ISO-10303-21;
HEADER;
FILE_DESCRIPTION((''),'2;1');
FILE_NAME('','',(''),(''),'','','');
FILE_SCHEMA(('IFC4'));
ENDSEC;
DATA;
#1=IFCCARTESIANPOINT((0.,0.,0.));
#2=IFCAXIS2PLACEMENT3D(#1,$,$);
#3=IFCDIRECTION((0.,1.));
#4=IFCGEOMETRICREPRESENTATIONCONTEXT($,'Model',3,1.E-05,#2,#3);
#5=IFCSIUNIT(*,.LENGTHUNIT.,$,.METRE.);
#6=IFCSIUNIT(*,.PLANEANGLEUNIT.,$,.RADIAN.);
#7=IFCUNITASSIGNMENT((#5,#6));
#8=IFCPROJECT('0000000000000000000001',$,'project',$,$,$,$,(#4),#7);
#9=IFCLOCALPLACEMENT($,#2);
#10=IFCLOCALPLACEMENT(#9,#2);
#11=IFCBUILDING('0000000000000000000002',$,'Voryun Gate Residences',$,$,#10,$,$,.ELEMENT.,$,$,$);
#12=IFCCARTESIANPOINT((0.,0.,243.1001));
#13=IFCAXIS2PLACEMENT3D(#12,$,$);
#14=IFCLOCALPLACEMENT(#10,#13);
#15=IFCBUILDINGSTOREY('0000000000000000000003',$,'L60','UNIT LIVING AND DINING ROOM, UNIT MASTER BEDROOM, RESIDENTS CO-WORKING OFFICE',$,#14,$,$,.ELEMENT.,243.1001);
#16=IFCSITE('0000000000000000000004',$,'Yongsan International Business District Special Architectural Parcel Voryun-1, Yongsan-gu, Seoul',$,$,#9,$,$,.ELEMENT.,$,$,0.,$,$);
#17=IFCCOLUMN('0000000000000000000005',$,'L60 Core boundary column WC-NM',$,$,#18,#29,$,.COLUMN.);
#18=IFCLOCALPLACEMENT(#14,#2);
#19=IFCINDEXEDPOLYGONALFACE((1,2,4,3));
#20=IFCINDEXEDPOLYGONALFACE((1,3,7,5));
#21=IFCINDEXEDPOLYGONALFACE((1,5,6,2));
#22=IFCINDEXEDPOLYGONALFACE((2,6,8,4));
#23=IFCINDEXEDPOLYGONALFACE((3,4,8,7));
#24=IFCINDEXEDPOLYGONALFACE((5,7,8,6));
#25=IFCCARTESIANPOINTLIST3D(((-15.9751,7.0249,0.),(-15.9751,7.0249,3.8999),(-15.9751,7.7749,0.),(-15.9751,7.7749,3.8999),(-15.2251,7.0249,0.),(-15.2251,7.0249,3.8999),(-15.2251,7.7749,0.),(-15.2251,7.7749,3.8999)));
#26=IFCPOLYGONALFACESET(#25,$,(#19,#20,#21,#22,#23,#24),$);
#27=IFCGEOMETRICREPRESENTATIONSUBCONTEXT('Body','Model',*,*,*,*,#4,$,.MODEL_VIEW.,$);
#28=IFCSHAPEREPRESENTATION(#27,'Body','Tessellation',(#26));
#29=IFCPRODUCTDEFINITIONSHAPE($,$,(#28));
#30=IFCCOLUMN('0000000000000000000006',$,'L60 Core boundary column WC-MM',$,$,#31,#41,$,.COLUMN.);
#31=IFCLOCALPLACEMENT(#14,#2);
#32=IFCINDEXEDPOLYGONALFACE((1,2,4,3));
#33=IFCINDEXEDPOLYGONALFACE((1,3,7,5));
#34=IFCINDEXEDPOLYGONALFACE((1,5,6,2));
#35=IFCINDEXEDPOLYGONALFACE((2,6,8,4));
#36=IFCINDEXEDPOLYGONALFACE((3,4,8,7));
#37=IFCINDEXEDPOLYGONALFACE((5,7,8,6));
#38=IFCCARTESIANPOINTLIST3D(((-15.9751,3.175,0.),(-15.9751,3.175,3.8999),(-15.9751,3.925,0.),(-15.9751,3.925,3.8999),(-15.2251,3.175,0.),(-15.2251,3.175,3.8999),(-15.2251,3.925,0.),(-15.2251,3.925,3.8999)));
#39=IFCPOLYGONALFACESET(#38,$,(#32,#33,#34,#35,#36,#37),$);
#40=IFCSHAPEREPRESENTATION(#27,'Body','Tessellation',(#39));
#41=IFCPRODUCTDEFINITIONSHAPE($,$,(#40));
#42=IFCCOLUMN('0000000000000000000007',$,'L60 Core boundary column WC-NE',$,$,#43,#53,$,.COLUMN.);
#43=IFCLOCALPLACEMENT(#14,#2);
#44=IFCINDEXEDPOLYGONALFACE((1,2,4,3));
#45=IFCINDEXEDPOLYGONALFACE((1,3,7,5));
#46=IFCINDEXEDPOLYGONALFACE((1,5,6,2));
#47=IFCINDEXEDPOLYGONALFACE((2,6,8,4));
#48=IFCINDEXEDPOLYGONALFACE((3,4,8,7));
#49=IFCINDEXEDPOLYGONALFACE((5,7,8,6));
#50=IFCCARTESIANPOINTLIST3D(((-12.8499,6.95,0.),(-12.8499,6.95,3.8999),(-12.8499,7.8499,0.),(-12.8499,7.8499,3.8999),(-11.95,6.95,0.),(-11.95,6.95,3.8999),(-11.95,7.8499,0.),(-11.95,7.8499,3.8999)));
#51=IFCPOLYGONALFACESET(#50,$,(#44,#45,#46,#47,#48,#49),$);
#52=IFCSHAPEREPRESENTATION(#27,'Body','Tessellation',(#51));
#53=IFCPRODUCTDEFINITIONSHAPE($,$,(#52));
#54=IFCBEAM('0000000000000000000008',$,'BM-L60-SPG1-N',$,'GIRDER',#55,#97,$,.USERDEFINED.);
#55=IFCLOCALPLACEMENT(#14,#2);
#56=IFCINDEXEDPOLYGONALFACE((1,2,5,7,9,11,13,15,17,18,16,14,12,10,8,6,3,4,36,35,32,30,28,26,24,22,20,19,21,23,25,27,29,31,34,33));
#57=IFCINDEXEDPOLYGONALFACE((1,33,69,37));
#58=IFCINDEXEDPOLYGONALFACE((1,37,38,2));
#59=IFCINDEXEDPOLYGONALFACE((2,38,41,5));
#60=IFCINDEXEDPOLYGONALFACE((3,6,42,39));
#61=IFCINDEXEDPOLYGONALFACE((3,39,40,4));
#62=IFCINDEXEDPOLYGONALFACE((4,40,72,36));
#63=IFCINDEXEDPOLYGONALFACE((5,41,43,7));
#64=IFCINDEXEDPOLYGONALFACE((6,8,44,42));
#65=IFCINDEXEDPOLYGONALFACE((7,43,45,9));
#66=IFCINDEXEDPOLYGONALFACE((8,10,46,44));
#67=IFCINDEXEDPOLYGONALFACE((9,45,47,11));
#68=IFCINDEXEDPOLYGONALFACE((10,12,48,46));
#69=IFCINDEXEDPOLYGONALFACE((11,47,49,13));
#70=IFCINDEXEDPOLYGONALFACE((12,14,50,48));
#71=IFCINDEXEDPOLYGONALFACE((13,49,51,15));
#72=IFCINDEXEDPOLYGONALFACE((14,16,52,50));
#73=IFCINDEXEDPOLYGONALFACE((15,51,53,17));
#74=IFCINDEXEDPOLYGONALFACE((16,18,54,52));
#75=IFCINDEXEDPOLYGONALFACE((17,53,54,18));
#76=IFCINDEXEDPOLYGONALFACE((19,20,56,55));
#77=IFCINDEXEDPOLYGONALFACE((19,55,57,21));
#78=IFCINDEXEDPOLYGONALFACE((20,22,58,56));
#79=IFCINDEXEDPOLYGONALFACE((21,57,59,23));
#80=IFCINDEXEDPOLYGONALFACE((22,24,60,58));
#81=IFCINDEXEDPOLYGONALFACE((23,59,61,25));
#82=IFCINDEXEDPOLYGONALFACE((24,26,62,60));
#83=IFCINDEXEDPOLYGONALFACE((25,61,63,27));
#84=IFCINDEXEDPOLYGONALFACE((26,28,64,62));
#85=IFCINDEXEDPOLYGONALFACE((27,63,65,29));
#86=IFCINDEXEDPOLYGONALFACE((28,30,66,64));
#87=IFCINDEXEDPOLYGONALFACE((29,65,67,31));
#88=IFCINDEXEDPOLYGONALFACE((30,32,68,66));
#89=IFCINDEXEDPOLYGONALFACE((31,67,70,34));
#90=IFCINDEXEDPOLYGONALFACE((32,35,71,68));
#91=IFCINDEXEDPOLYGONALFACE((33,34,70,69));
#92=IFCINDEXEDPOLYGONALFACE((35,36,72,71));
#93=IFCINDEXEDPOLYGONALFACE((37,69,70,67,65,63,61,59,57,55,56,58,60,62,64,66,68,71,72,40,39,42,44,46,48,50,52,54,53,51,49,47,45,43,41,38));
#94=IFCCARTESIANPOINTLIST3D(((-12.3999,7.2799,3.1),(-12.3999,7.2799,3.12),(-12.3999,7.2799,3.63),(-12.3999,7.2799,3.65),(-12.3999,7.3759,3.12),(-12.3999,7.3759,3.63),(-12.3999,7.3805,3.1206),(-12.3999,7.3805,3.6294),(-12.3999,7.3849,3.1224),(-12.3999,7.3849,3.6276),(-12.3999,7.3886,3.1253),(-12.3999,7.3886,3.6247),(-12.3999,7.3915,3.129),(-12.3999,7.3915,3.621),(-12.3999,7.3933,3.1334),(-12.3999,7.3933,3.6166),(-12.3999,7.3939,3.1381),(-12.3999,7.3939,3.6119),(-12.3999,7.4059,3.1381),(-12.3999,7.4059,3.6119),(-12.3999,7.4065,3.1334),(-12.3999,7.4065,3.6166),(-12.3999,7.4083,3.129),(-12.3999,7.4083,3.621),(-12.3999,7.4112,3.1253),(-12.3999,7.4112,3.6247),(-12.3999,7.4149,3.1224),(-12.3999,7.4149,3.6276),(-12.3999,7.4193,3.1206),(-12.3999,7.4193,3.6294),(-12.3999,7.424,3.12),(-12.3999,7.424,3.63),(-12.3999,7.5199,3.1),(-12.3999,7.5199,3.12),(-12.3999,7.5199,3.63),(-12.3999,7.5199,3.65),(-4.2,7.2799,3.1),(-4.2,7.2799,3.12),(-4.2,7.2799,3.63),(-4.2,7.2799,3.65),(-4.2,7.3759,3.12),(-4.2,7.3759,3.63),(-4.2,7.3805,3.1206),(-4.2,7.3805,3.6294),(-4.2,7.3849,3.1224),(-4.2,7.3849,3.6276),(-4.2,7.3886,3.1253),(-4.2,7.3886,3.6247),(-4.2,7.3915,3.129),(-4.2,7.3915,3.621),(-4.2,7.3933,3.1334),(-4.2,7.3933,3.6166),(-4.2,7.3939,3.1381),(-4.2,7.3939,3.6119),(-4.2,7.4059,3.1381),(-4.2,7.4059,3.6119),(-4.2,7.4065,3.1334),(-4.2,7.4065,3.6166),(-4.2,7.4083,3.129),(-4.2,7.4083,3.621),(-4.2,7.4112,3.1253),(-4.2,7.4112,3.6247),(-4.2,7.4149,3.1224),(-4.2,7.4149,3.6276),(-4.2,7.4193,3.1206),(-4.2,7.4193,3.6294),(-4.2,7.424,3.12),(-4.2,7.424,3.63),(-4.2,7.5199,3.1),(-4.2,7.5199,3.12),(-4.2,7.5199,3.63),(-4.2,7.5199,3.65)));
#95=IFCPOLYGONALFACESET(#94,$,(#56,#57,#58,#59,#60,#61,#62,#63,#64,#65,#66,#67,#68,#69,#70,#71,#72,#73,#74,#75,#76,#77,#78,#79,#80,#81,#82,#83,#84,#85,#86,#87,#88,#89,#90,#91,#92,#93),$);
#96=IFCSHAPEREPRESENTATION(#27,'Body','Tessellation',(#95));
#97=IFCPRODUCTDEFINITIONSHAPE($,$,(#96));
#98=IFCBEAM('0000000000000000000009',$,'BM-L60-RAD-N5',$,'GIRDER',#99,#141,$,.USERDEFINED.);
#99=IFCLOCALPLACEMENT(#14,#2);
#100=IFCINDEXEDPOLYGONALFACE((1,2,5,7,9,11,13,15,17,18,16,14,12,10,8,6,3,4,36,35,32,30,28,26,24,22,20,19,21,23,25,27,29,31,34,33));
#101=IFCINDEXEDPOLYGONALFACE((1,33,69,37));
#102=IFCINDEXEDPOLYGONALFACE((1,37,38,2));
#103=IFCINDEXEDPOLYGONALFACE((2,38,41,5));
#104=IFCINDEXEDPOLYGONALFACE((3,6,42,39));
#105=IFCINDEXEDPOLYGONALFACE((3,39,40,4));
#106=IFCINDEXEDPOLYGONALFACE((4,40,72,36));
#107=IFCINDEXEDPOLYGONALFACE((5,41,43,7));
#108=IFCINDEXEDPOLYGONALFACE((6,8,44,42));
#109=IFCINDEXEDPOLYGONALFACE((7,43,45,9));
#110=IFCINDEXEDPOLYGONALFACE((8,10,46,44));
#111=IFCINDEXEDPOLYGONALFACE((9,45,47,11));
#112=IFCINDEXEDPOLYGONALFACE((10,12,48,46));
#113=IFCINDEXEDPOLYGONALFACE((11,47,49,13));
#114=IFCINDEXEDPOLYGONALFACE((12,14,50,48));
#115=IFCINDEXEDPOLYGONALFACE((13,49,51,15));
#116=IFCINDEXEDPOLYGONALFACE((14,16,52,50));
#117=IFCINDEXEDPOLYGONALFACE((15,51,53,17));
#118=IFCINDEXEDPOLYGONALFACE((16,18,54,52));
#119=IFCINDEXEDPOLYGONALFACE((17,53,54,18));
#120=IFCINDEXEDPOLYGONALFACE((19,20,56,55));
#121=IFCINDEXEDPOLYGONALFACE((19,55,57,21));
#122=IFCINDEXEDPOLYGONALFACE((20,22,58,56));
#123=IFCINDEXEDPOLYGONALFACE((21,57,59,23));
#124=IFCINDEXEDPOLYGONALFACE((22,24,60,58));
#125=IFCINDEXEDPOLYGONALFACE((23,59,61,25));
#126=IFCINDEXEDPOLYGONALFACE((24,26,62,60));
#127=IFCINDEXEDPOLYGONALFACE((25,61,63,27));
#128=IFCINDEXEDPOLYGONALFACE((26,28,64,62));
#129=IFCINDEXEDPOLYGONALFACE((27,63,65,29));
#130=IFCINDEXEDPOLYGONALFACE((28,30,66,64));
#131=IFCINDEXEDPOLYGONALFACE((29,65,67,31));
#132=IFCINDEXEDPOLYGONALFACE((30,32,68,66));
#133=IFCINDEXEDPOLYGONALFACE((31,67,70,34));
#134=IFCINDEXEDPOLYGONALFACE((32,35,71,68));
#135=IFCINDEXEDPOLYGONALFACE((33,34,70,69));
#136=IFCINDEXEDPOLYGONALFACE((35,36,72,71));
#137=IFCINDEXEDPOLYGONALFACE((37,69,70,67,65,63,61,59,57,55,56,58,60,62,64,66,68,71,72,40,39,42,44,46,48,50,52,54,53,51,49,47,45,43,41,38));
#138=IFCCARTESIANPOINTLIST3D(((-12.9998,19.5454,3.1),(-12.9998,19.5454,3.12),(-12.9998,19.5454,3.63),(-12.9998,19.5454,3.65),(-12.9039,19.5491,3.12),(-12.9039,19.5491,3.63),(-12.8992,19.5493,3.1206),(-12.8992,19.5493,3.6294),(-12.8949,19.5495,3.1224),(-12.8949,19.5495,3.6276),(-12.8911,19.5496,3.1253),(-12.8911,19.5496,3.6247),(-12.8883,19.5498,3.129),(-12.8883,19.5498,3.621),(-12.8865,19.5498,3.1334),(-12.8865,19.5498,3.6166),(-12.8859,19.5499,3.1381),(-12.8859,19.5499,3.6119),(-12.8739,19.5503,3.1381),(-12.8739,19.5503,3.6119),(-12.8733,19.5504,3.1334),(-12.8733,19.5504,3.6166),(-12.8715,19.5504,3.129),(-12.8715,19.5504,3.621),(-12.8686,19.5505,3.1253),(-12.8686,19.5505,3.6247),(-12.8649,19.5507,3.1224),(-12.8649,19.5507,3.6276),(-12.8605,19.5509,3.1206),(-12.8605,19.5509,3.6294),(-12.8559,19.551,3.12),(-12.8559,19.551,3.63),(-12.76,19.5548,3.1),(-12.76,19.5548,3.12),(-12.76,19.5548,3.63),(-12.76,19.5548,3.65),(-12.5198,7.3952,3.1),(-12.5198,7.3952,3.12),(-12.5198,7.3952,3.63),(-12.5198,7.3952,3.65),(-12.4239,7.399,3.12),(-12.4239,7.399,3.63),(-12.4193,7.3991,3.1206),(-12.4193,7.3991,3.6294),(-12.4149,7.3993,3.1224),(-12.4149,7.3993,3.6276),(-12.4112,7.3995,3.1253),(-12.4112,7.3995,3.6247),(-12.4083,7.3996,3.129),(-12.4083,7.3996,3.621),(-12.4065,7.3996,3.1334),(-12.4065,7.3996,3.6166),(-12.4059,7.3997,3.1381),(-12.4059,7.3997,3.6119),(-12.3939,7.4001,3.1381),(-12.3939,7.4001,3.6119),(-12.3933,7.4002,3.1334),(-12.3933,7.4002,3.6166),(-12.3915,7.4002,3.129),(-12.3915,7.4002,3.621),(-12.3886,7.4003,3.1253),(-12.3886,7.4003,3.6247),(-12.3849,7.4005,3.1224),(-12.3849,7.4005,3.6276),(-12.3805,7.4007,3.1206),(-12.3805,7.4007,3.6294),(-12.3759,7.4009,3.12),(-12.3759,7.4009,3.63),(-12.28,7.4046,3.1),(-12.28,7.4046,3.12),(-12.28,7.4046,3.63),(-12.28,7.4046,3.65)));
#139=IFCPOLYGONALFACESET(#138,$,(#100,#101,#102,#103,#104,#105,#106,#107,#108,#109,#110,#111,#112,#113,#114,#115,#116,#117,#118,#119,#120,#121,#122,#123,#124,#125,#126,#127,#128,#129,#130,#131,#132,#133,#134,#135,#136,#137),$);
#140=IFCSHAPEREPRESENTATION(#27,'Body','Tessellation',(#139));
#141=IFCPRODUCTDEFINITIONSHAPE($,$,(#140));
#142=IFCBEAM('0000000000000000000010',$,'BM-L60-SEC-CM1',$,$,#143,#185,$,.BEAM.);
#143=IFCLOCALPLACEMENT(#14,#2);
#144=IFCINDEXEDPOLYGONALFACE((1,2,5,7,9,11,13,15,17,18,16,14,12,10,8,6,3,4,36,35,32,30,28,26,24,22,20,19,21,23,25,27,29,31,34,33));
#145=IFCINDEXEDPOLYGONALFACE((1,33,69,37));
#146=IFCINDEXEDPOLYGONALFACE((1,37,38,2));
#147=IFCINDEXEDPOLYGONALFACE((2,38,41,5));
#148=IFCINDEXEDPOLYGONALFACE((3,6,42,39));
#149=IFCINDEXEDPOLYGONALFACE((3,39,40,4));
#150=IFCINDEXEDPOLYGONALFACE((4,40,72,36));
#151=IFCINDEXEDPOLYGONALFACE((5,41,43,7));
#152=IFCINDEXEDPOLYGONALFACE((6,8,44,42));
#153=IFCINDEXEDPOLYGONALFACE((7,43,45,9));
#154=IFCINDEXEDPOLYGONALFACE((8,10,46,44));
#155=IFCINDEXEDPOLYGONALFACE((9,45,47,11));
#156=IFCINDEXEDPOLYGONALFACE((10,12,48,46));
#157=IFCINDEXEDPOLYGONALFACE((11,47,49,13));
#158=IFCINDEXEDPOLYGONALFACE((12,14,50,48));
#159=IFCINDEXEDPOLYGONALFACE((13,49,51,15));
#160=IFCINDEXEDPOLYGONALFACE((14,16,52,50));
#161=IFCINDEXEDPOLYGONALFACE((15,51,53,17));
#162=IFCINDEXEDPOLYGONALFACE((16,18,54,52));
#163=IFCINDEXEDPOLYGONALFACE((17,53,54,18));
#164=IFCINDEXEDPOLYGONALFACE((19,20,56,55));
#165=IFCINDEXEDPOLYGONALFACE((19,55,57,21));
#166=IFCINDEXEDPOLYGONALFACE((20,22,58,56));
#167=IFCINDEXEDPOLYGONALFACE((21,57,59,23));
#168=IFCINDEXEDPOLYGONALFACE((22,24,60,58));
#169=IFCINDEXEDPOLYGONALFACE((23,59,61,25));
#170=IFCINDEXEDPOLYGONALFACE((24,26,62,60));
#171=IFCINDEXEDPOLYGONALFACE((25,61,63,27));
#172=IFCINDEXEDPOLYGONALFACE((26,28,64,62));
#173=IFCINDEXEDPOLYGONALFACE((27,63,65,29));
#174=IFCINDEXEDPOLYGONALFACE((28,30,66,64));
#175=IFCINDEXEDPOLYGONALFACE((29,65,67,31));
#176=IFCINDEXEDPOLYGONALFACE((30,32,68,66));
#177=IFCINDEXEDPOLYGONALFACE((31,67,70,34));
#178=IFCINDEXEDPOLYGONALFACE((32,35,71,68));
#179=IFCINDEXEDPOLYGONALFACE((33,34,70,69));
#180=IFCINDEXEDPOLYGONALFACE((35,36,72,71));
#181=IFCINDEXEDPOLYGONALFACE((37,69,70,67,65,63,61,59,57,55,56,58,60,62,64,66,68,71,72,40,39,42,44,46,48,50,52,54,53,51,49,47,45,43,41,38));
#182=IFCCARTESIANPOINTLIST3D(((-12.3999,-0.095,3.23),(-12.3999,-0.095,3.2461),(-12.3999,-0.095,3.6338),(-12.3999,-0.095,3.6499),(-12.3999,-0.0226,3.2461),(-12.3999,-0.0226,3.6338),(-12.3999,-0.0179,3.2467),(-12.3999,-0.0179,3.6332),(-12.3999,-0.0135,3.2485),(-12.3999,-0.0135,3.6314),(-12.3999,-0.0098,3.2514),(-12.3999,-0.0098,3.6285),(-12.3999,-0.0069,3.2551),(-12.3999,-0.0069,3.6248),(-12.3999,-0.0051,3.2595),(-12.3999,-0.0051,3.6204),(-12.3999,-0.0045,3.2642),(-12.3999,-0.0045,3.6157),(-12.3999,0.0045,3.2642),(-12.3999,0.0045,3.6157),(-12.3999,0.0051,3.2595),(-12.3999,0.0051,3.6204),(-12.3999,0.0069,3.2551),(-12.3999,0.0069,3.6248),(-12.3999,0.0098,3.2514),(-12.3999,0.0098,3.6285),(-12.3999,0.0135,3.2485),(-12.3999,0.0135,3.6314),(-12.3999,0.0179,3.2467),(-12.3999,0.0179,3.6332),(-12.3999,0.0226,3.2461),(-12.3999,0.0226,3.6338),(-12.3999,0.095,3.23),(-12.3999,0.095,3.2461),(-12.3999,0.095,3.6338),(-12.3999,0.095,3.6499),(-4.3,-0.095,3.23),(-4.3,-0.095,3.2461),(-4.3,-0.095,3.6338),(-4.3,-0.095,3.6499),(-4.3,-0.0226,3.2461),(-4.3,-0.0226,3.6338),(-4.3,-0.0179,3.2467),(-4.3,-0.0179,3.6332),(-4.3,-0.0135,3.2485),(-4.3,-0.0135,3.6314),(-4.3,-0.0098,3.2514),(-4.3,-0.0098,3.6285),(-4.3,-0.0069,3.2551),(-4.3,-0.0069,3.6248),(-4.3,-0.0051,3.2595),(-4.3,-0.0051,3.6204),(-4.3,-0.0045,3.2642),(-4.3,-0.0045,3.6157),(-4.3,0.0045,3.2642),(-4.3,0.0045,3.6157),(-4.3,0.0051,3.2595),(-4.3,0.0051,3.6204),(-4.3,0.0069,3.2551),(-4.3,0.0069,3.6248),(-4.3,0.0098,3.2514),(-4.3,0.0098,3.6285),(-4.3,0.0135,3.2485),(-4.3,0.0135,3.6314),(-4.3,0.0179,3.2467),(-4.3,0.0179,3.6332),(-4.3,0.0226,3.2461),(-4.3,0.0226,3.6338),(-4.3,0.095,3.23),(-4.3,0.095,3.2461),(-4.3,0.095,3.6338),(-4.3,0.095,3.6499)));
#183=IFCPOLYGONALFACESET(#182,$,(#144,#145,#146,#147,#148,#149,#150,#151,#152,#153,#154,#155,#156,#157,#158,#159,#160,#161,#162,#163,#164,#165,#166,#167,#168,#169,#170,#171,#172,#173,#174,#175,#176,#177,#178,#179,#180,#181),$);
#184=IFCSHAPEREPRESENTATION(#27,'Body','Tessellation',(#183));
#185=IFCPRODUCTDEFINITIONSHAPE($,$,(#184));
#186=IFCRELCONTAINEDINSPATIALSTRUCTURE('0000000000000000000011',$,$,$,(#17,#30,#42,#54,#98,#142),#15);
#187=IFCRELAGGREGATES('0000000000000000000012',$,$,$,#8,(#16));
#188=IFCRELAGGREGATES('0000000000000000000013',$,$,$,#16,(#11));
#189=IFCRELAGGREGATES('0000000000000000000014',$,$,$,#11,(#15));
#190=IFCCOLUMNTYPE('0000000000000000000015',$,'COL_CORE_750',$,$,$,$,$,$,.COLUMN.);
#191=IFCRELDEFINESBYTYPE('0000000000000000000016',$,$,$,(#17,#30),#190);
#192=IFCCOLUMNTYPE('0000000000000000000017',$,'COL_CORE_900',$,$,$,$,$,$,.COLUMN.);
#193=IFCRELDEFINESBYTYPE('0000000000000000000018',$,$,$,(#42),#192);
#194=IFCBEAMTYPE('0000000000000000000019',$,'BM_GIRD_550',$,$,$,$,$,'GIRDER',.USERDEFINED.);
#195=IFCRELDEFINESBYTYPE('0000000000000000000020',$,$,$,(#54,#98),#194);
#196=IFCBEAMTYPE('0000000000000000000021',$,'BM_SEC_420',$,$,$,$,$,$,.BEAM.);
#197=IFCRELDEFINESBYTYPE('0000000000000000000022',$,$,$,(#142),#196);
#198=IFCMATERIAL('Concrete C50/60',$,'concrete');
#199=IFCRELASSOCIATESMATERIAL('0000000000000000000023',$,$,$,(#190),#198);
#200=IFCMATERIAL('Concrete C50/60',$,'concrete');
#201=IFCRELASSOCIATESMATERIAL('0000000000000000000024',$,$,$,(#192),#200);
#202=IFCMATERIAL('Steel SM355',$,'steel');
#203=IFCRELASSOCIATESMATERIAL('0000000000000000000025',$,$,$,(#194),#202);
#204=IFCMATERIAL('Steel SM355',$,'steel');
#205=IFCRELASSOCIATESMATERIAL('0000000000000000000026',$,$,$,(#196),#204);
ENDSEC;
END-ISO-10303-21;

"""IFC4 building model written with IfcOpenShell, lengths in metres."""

from ifc_helpers import new_model, si_unit, direction, frame, origin, origin_2d, place, context, subcontext, project, spatial, rectangle, i_section, extrude, material, material_profile, profile_set, type_object, element, save


model = new_model("IFC4")

# Units and contexts
model_context = context("Model", 3, precision=1e-05, world=origin(), true_north=direction((0.0, 1.0)))
body_context = subcontext(model_context, "Body", "Model", "MODEL_VIEW")
ifc_project = project(units=[si_unit("LENGTHUNIT", "METRE"), si_unit("PLANEANGLEUNIT", "RADIAN")], contexts=[model_context])

# Site, building, storey
site_placement = place(None, origin())
site = spatial("IfcSite", under=ifc_project, at=site_placement, Name="Yongsan International Business District Special Architectural Parcel Voryun-1, Yongsan-gu, Seoul", CompositionType="ELEMENT", RefElevation=0.0)
building_placement = place(site_placement, origin())
building = spatial("IfcBuilding", under=site, at=building_placement, Name="Voryun Gate Residences", CompositionType="ELEMENT")
storey_placement = place(building_placement, frame((0.0, 0.0, 243.1001)))
storey = spatial("IfcBuildingStorey", under=building, at=storey_placement, Name="L60", Description="UNIT LIVING AND DINING ROOM, UNIT MASTER BEDROOM, RESIDENTS CO-WORKING OFFICE", CompositionType="ELEMENT", Elevation=243.1001)

# Columns
ifc_material_1 = material(Name="Concrete C50/60", Category="concrete")
ifc_material_profile_1 = material_profile(ifc_material_1, rectangle(XDim=0.75, YDim=0.75, at=origin_2d()), Name="RC-750x750")
ifc_profile_set_1 = profile_set([ifc_material_profile_1], Name="Concrete C50/60")
column_type_1 = type_object("IfcColumnType", Name="COL_CORE_750", PredefinedType="COLUMN", material=ifc_profile_set_1)
for number, where, z_axis, x_axis, name in (
    (1, (-15.6001, 7.3999, 0.0), (0.0, 0.0, 1.0), (1.0, 0.0, 0.0), "L60 Core boundary column WC-NM"),
    (2, (-15.6001, 3.55, 0.0), (0.0, 0.0, 1.0), (1.0, 0.0, 0.0), "L60 Core boundary column WC-MM"),
):
    element("IfcColumn", number, at=place(storey_placement, frame(where, z_axis=z_axis, x_axis=x_axis)), inside=storey, type_object=column_type_1, Name=name, PredefinedType="COLUMN", context=body_context, shape_type="SweptSolid", body=[
        extrude(rectangle(XDim=0.75, YDim=0.75, at=origin_2d()), origin(), (0.0, 0.0, 1.0), 3.8999),
    ])
ifc_material_2 = material(Name="Concrete C50/60", Category="concrete")
ifc_material_profile_2 = material_profile(ifc_material_2, rectangle(XDim=0.8999, YDim=0.8999, at=origin_2d()), Name="RC-900x900")
ifc_profile_set_2 = profile_set([ifc_material_profile_2], Name="Concrete C50/60")
column_type_2 = type_object("IfcColumnType", Name="COL_CORE_900", PredefinedType="COLUMN", material=ifc_profile_set_2)
column_placement = place(storey_placement, frame((-12.3999, 7.3999, 0.0), z_axis=(0.0, 0.0, 1.0), x_axis=(1.0, 0.0, 0.0)))
element("IfcColumn", 3, at=column_placement, inside=storey, type_object=column_type_2, Name="L60 Core boundary column WC-NE", PredefinedType="COLUMN", context=body_context, shape_type="SweptSolid", body=[
    extrude(rectangle(XDim=0.8999, YDim=0.8999, at=origin_2d()), origin(), (0.0, 0.0, 1.0), 3.8999),
])

# Beams
ifc_material_3 = material(Name="Steel SM355", Category="steel")
ifc_material_profile_3 = material_profile(ifc_material_3, i_section(OverallWidth=0.24, OverallDepth=0.55, WebThickness=0.012, FlangeThickness=0.02, FilletRadius=0.0181, at=origin_2d()), Name="H-550x240x12x20")
ifc_profile_set_3 = profile_set([ifc_material_profile_3], Name="Steel SM355")
beam_type_1 = type_object("IfcBeamType", Name="BM_GIRD_550", ElementType="GIRDER", PredefinedType="USERDEFINED", material=ifc_profile_set_3)
beam_1_placement = place(storey_placement, frame((-12.3999, 7.3999, 3.375), z_axis=(1.0, 0.0, 0.0), x_axis=(0.0, 1.0, 0.0)))
element("IfcBeam", 4, at=beam_1_placement, inside=storey, type_object=beam_type_1, Name="BM-L60-SPG1-N", ObjectType="GIRDER", PredefinedType="USERDEFINED", context=body_context, shape_type="SweptSolid", body=[
    extrude(i_section(OverallWidth=0.24, OverallDepth=0.55, WebThickness=0.012, FlangeThickness=0.02, FilletRadius=0.0181, at=origin_2d()), origin(), (0.0, 0.0, 1.0), 8.2),
])
beam_2_placement = place(storey_placement, frame((-12.3999, 7.3999, 3.375), z_axis=(-0.039473, 0.999221, 0.0), x_axis=(-0.999221, -0.039473, 0.0)))
element("IfcBeam", 5, at=beam_2_placement, inside=storey, type_object=beam_type_1, Name="BM-L60-RAD-N5", ObjectType="GIRDER", PredefinedType="USERDEFINED", context=body_context, shape_type="SweptSolid", body=[
    extrude(i_section(OverallWidth=0.24, OverallDepth=0.55, WebThickness=0.012, FlangeThickness=0.02, FilletRadius=0.0181, at=origin_2d()), origin(), (0.0, 0.0, 1.0), 12.1597),
])
ifc_material_4 = material(Name="Steel SM355", Category="steel")
ifc_material_profile_4 = material_profile(ifc_material_4, i_section(OverallWidth=0.1899, OverallDepth=0.4199, WebThickness=0.009, FlangeThickness=0.0161, FilletRadius=0.0181, at=origin_2d()), Name="H-420x190x9x16")
ifc_profile_set_4 = profile_set([ifc_material_profile_4], Name="Steel SM355")
beam_type_2 = type_object("IfcBeamType", Name="BM_SEC_420", PredefinedType="BEAM", material=ifc_profile_set_4)
beam_3_placement = place(storey_placement, frame((-12.3999, 0.0, 3.4399), z_axis=(1.0, 0.0, 0.0), x_axis=(0.0, 1.0, 0.0)))
element("IfcBeam", 6, at=beam_3_placement, inside=storey, type_object=beam_type_2, Name="BM-L60-SEC-CM1", PredefinedType="BEAM", context=body_context, shape_type="SweptSolid", body=[
    extrude(i_section(OverallWidth=0.1899, OverallDepth=0.4199, WebThickness=0.009, FlangeThickness=0.0161, FilletRadius=0.0181, at=origin_2d()), origin(), (0.0, 0.0, 1.0), 8.0999),
])

save(model, "model.ifc")
